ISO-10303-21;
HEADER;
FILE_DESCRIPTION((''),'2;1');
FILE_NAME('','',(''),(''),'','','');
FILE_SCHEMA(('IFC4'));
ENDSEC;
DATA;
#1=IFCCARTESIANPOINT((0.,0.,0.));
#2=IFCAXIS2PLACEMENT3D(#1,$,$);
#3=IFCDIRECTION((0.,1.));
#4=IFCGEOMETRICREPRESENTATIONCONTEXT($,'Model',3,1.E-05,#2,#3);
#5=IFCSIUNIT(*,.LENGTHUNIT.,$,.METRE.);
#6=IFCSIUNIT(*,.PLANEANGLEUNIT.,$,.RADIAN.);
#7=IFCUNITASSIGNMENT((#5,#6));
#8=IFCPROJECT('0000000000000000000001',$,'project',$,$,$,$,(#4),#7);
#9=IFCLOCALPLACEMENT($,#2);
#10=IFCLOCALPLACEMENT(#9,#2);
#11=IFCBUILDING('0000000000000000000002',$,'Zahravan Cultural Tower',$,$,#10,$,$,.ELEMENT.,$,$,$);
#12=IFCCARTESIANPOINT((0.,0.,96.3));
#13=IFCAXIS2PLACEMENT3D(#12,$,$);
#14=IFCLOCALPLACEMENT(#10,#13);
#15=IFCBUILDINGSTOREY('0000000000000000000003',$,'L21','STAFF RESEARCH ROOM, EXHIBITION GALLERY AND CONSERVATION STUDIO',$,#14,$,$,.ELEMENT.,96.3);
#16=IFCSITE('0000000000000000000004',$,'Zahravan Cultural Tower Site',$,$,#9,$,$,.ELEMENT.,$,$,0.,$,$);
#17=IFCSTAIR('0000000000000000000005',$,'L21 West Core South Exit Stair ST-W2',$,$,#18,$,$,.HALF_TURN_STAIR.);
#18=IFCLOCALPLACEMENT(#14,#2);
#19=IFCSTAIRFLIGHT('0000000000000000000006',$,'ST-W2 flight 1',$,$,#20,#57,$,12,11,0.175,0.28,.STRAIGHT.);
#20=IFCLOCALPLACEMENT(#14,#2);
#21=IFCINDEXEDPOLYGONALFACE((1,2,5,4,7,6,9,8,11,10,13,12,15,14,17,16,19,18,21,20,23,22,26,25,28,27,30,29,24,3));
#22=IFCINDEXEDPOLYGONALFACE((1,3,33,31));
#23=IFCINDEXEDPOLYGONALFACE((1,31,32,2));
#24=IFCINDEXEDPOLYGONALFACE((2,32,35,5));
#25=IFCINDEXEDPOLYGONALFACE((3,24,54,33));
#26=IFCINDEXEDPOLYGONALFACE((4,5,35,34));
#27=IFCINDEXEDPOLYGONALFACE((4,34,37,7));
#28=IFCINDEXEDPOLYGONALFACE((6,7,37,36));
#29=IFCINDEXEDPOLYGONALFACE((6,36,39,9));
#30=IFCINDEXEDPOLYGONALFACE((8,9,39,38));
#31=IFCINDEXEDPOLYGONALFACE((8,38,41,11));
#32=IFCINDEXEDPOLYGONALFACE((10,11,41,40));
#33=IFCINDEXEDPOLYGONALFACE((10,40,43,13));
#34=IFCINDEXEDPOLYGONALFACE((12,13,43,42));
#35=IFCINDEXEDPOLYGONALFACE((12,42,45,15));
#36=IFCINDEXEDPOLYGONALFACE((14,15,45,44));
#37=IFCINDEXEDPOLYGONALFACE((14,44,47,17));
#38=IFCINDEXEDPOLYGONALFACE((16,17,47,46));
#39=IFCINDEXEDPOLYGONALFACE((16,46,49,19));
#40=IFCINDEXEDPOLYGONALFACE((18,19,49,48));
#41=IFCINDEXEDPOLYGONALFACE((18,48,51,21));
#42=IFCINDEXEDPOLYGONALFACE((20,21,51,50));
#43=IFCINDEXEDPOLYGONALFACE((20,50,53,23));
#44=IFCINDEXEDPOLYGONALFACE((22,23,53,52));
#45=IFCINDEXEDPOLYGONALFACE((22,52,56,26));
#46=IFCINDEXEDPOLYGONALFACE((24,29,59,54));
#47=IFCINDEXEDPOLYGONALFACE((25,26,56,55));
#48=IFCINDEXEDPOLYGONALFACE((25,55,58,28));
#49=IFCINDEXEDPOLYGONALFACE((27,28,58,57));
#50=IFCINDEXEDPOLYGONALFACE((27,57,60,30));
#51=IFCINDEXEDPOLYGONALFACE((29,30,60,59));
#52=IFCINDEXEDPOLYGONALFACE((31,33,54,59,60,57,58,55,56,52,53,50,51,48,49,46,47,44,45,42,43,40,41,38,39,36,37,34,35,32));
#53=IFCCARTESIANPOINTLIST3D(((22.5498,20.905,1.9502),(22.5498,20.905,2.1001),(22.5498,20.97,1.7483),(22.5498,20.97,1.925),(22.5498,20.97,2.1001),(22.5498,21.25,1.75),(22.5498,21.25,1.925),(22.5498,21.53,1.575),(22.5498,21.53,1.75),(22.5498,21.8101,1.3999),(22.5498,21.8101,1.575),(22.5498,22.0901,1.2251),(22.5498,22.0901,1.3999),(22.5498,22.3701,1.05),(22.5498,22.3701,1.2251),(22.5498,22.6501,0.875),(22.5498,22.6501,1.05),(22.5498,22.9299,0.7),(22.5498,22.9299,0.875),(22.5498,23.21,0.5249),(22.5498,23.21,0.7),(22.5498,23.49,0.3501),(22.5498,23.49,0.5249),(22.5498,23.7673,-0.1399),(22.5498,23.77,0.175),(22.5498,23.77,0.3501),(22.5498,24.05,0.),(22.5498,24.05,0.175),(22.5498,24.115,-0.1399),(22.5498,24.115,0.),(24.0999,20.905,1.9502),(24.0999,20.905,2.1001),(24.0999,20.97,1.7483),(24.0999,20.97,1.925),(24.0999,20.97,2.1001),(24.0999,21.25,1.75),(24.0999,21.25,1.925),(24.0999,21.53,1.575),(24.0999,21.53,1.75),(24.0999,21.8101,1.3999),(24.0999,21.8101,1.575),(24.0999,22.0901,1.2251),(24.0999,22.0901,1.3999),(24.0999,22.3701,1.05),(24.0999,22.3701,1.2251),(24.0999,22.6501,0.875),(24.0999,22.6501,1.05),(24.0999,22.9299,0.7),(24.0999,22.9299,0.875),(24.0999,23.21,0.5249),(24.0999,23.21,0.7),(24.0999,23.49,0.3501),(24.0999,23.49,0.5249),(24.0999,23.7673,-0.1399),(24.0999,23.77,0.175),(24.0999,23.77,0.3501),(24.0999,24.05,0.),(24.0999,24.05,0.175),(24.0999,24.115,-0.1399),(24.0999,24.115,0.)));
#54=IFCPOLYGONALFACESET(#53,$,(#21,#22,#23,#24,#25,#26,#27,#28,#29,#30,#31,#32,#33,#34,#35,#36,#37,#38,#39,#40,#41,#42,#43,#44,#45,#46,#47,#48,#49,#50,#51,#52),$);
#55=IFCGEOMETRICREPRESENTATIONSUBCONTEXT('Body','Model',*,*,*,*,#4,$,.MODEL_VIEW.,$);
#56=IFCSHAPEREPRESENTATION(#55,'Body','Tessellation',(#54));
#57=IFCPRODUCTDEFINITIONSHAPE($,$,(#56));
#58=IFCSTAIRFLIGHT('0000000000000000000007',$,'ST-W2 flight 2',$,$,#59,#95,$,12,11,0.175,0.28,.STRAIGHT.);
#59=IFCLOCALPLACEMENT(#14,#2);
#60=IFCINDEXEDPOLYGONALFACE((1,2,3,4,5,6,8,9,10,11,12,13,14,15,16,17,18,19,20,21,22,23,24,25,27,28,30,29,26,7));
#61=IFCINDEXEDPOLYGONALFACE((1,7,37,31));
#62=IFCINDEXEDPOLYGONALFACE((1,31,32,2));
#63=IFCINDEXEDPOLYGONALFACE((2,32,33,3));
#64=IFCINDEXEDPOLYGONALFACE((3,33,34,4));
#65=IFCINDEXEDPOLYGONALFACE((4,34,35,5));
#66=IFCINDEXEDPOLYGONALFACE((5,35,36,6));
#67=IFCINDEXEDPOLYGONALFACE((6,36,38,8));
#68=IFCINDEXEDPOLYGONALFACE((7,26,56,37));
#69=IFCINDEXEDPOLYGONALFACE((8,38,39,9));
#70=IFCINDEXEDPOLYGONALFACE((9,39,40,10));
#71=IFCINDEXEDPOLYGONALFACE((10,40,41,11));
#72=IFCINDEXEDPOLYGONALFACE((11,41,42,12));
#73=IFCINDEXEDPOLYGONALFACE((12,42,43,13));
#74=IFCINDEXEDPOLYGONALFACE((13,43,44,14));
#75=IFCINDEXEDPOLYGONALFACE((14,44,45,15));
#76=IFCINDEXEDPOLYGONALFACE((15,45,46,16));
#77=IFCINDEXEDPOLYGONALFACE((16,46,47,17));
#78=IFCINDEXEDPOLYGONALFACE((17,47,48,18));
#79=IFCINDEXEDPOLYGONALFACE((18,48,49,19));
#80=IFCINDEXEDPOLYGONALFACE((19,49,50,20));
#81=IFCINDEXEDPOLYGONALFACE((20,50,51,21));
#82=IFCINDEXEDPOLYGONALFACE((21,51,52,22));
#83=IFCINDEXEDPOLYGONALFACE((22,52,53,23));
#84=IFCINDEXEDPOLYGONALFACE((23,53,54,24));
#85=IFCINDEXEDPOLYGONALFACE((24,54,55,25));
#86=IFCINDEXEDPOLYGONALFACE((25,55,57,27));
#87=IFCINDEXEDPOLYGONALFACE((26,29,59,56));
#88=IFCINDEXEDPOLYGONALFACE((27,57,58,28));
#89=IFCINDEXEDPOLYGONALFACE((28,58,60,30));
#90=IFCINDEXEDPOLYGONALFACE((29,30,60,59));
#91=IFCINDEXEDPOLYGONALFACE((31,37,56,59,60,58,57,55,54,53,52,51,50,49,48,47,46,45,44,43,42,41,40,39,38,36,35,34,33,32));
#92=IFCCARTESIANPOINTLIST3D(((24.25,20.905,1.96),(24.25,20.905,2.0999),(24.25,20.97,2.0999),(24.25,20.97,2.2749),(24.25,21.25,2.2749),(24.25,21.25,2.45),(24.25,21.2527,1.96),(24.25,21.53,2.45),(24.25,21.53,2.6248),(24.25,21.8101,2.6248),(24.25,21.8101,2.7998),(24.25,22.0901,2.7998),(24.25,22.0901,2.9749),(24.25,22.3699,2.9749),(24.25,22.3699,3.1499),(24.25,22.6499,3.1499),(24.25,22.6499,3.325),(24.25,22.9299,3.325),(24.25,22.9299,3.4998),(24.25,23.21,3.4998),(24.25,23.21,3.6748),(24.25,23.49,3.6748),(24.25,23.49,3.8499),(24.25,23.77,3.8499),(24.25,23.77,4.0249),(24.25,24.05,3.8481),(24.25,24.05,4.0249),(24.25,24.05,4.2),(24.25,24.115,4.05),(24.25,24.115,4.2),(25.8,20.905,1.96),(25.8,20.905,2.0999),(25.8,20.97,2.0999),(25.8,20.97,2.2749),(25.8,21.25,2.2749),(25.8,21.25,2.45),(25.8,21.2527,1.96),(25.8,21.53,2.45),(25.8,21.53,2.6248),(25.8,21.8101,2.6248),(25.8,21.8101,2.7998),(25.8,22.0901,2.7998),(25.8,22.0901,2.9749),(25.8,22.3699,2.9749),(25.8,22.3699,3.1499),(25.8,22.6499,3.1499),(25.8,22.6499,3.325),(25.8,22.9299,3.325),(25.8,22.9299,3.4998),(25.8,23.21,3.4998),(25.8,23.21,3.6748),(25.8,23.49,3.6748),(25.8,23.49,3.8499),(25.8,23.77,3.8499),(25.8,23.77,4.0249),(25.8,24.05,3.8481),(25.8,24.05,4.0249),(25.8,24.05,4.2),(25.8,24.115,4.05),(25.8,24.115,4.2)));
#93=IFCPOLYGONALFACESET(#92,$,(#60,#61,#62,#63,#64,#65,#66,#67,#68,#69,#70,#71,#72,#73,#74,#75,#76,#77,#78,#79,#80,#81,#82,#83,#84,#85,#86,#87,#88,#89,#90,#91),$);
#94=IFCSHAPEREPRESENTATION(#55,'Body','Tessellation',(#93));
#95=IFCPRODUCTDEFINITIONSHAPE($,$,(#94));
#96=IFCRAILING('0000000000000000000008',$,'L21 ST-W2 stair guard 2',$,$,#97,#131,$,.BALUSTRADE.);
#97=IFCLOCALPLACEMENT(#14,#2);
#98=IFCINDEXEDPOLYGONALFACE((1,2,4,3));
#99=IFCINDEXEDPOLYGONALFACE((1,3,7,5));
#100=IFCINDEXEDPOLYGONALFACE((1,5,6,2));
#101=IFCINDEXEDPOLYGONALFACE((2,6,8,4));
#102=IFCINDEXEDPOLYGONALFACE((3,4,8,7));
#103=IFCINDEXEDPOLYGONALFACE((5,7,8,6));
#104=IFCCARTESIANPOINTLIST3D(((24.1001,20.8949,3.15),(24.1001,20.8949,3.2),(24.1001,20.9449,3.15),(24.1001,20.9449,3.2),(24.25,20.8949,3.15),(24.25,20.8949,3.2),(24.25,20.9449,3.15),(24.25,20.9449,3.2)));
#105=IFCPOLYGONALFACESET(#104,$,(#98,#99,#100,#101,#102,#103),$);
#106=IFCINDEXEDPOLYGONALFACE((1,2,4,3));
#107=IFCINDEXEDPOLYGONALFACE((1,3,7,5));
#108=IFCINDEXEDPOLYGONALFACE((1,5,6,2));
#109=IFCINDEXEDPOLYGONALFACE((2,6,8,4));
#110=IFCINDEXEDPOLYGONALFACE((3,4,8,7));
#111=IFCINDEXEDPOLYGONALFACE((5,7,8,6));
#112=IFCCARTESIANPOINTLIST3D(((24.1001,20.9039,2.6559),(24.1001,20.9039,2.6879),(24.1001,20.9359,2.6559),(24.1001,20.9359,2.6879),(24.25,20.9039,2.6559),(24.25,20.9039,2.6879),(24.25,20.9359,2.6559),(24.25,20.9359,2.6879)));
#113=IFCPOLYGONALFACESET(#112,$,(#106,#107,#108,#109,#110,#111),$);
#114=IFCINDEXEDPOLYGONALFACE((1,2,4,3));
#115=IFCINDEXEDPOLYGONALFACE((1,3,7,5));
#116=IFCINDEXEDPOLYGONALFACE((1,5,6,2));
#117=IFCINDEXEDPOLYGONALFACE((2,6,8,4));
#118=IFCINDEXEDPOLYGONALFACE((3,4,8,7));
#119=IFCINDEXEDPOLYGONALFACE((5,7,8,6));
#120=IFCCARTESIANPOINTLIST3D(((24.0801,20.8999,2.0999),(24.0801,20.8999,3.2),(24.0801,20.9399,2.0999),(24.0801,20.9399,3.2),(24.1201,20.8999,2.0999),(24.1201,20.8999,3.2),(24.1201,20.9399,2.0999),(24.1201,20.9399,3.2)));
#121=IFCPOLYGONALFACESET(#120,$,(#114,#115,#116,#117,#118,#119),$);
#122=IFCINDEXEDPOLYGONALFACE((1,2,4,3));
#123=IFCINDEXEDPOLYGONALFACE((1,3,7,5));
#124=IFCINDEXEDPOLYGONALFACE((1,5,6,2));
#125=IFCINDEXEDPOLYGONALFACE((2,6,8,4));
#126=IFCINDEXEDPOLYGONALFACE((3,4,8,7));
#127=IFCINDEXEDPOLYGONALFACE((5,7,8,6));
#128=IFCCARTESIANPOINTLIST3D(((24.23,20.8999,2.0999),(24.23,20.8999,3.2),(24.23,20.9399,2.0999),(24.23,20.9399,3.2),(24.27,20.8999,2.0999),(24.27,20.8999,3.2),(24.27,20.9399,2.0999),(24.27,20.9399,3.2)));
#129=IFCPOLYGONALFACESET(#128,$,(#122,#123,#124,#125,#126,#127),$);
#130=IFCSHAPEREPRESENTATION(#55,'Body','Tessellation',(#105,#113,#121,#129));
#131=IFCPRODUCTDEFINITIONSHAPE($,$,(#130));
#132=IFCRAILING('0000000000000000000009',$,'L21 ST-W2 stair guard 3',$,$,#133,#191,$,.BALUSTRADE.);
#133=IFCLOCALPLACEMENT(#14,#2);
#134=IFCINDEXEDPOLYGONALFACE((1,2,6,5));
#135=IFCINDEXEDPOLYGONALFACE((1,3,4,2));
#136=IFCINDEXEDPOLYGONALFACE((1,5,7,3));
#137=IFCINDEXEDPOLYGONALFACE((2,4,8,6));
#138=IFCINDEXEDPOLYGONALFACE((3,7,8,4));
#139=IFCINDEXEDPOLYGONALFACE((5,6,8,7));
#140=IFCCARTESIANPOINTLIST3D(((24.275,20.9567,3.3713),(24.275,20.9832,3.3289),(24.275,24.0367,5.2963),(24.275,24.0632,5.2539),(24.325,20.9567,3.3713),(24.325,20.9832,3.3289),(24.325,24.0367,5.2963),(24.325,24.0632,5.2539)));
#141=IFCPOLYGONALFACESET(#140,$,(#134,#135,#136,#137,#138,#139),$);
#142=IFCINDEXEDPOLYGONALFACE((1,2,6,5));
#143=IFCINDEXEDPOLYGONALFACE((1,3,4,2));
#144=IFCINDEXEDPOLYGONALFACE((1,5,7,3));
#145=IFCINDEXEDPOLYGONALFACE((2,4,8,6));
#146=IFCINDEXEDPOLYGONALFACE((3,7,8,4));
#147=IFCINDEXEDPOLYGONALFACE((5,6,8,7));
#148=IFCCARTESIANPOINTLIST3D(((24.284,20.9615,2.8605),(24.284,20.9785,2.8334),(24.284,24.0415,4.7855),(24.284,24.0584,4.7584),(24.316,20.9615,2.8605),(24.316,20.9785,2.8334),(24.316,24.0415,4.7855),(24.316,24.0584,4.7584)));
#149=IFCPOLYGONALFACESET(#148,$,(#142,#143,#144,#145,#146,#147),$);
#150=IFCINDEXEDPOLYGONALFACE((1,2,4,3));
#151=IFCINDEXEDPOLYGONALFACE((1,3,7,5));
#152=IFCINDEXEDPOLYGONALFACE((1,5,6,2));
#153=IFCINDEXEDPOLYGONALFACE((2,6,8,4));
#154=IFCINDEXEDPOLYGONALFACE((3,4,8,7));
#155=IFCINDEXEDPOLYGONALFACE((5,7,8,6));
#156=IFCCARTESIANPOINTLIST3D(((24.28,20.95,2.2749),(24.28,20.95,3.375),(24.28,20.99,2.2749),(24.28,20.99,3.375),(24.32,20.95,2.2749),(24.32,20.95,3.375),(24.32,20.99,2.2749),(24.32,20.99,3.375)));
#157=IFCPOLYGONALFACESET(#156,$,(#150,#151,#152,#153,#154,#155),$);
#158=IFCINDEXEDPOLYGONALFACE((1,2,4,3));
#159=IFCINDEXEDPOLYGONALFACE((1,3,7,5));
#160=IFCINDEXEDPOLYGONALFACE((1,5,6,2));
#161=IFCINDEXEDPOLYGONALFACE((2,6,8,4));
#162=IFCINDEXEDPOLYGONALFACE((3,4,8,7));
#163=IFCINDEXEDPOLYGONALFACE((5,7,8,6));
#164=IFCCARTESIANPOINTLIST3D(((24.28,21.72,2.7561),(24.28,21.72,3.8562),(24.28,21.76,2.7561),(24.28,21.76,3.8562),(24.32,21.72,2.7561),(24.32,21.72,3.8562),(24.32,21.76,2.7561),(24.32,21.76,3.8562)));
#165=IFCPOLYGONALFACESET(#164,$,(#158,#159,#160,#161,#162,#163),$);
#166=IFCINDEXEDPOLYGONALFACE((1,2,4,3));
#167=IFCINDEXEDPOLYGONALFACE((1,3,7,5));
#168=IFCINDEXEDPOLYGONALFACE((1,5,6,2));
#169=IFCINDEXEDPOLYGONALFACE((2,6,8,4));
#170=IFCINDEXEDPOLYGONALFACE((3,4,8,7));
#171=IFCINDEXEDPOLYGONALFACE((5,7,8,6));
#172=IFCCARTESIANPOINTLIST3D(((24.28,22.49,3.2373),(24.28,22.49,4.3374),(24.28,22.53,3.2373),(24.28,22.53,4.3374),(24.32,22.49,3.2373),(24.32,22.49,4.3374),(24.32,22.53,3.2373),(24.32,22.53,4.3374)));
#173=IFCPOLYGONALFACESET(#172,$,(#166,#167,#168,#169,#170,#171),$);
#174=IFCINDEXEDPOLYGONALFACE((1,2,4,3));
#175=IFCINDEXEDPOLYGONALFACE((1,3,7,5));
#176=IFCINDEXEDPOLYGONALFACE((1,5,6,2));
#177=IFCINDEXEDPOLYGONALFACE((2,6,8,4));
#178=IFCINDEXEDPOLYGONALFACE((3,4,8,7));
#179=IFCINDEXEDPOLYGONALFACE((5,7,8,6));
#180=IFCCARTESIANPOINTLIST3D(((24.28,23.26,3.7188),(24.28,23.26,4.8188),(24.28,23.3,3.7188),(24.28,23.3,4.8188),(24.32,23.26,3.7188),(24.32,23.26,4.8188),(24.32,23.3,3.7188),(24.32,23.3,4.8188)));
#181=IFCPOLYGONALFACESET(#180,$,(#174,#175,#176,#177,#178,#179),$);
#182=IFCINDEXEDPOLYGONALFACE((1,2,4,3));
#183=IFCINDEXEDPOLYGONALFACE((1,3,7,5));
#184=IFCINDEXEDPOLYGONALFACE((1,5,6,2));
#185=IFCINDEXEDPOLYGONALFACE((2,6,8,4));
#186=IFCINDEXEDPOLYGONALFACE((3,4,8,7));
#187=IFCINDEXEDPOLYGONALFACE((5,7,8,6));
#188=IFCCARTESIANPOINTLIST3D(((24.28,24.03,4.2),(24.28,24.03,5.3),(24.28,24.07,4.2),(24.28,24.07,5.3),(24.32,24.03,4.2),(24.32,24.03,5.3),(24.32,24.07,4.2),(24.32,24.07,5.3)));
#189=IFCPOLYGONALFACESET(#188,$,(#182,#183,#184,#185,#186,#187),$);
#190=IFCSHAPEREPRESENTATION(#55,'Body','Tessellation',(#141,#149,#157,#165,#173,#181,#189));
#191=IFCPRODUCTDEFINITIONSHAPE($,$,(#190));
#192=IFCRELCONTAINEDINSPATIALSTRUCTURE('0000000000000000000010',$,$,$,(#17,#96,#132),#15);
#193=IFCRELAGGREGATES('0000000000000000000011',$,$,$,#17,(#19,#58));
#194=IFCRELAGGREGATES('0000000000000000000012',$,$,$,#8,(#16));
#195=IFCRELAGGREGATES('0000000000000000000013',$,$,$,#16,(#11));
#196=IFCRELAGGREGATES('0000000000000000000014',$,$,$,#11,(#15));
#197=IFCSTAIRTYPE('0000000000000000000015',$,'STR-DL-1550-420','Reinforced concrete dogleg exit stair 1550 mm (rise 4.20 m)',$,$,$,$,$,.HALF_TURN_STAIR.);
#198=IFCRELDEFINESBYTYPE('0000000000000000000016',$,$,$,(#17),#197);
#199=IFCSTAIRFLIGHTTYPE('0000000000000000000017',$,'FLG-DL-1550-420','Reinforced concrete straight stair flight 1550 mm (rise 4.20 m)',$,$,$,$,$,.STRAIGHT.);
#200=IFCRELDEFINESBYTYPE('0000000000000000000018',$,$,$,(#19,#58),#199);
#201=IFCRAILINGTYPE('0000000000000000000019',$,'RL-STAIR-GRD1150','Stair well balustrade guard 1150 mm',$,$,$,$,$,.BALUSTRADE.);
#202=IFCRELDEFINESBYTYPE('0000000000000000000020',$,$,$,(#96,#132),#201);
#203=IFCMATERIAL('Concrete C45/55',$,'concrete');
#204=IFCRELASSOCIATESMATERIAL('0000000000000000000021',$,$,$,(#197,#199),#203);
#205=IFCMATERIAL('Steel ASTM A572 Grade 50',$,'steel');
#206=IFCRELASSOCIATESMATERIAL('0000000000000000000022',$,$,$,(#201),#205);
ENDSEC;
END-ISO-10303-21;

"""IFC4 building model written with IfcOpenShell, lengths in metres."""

from ifc_helpers import new_model, si_unit, direction, frame, origin, origin_2d, place, context, subcontext, project, spatial, polyline, rectangle, outline, extrude, material, type_object, element, aggregate, save


model = new_model("IFC4")

# Units and contexts
model_context = context("Model", 3, precision=1e-05, world=origin(), true_north=direction((0.0, 1.0)))
body_context = subcontext(model_context, "Body", "Model", "MODEL_VIEW")
ifc_project = project(units=[si_unit("LENGTHUNIT", "METRE"), si_unit("PLANEANGLEUNIT", "RADIAN")], contexts=[model_context])

# Site, building, storey
site_placement = place(None, origin())
site = spatial("IfcSite", under=ifc_project, at=site_placement, Name="Zahravan Cultural Tower Site", CompositionType="ELEMENT", RefElevation=0.0)
building_placement = place(site_placement, origin())
building = spatial("IfcBuilding", under=site, at=building_placement, Name="Zahravan Cultural Tower", CompositionType="ELEMENT")
storey_placement = place(building_placement, frame((0.0, 0.0, 96.3)))
storey = spatial("IfcBuildingStorey", under=building, at=storey_placement, Name="L21", Description="STAFF RESEARCH ROOM, EXHIBITION GALLERY AND CONSERVATION STUDIO", CompositionType="ELEMENT", Elevation=96.3)

# Shared definitions
ifc_material_1 = material(Name="Steel ASTM A572 Grade 50", Category="steel")
ifc_material_2 = material(Name="Concrete C45/55", Category="concrete")

# Stair, stair flights
stair_type = type_object("IfcStairType", Name="STR-DL-1550-420", Description="Reinforced concrete dogleg exit stair 1550 mm (rise 4.20 m)", PredefinedType="HALF_TURN_STAIR", material=ifc_material_2)
stair_placement = place(storey_placement, origin())
stair = element("IfcStair", 1, at=stair_placement, inside=storey, type_object=stair_type, Name="L21 West Core South Exit Stair ST-W2", PredefinedType="HALF_TURN_STAIR")
stair_flight_type = type_object("IfcStairFlightType", Name="FLG-DL-1550-420", Description="Reinforced concrete straight stair flight 1550 mm (rise 4.20 m)", PredefinedType="STRAIGHT", material=ifc_material_2)
stair_flight_1_placement = place(storey_placement, frame((23.325, 24.05, 0.0), z_axis=(0.0, 0.0, 1.0), x_axis=(0.0, -1.0, 0.0)))
stair_flight_1 = element("IfcStairFlight", 2, at=stair_flight_1_placement, type_object=stair_flight_type, Name="ST-W2 flight 1", NumberOfRisers=12, NumberOfTreads=11, PredefinedType="STRAIGHT", RiserHeight=0.175, TreadLength=0.28, context=body_context, shape_type="SweptSolid", body=[
    extrude(outline(polyline([(-0.0649, -0.1399), (-0.0649, 0.0), (0.0, 0.0), (0.0, 0.175), (0.28, 0.175), (0.28, 0.3501), (0.5601, 0.3501), (0.5601, 0.5249), (0.8401, 0.5249), (0.8401, 0.7), (1.1201, 0.7), (1.1201, 0.875), (1.3999, 0.875), (1.3999, 1.05), (1.6799, 1.05), (1.6799, 1.2251), (1.96, 1.2251), (1.96, 1.3999), (2.24, 1.3999), (2.24, 1.575), (2.52, 1.575), (2.52, 1.75), (2.8, 1.75), (2.8, 1.925), (3.0801, 1.925), (3.0801, 2.1001), (3.145, 2.1001), (3.145, 1.9502), (3.0801, 1.7483), (0.2827, -0.1399), (-0.0649, -0.1399)])), frame((0.0, 0.7749, 0.0), z_axis=(0.0, -1.0, 0.0), x_axis=(1.0, 0.0, 0.0)), (0.0, 0.0, 1.0), 1.55),
])
stair_flight_2_placement = place(storey_placement, frame((25.0249, 20.97, 2.0999), z_axis=(0.0, 0.0, 1.0), x_axis=(0.0, 1.0, 0.0)))
stair_flight_2 = element("IfcStairFlight", 3, at=stair_flight_2_placement, type_object=stair_flight_type, Name="ST-W2 flight 2", NumberOfRisers=12, NumberOfTreads=11, PredefinedType="STRAIGHT", RiserHeight=0.175, TreadLength=0.28, context=body_context, shape_type="SweptSolid", body=[
    extrude(outline(polyline([(-0.0649, -0.1399), (-0.0649, 0.0), (0.0, 0.0), (0.0, 0.175), (0.28, 0.175), (0.28, 0.3501), (0.5601, 0.3501), (0.5601, 0.5249), (0.8401, 0.5249), (0.8401, 0.7), (1.1201, 0.7), (1.1201, 0.875), (1.3999, 0.875), (1.3999, 1.05), (1.6799, 1.05), (1.6799, 1.2251), (1.96, 1.2251), (1.96, 1.3999), (2.24, 1.3999), (2.24, 1.575), (2.52, 1.575), (2.52, 1.75), (2.8, 1.75), (2.8, 1.925), (3.0801, 1.925), (3.0801, 2.1001), (3.145, 2.1001), (3.145, 1.9502), (3.0801, 1.7483), (0.2827, -0.1399), (-0.0649, -0.1399)])), frame((0.0, 0.7749, 0.0), z_axis=(0.0, -1.0, 0.0), x_axis=(1.0, 0.0, 0.0)), (0.0, 0.0, 1.0), 1.55),
])
aggregate(stair, [stair_flight_1, stair_flight_2])

# Railings
railing_type_1 = type_object("IfcRailingType", Name="RL-STAIR-GRD1150", Description="Stair well balustrade guard 1150 mm", PredefinedType="BALUSTRADE", material=ifc_material_1)
railing_1_placement = place(storey_placement, frame((24.1001, 20.9199, 2.0999)))
element("IfcRailing", 4, at=railing_1_placement, inside=storey, type_object=railing_type_1, Name="L21 ST-W2 stair guard 2", PredefinedType="BALUSTRADE", context=body_context, shape_type="SweptSolid", body=[
    extrude(rectangle(XDim=0.05, YDim=0.05, at=origin_2d()), frame((0.0, 0.0, 1.0752), z_axis=(1.0, 0.0, 0.0), x_axis=(0.0, 1.0, 0.0)), (0.0, 0.0, 1.0), 0.1499),
    extrude(rectangle(XDim=0.032, YDim=0.032, at=origin_2d()), frame((0.0, 0.0, 0.572), z_axis=(1.0, 0.0, 0.0), x_axis=(0.0, 1.0, 0.0)), (0.0, 0.0, 1.0), 0.1499),
    extrude(rectangle(XDim=0.04, YDim=0.04, at=origin_2d()), origin(), (0.0, 0.0, 1.0), 1.1001),
    extrude(rectangle(XDim=0.04, YDim=0.04, at=origin_2d()), frame((0.1499, 0.0, 0.0)), (0.0, 0.0, 1.0), 1.1001),
])
railing_2_placement = place(storey_placement, frame((24.3, 20.97, 2.2749)))
element("IfcRailing", 5, at=railing_2_placement, inside=storey, type_object=railing_type_1, Name="L21 ST-W2 stair guard 3", PredefinedType="BALUSTRADE", context=body_context, shape_type="SweptSolid", body=[
    extrude(rectangle(XDim=0.05, YDim=0.05, at=origin_2d()), frame((0.0, 0.0, 1.0752), z_axis=(0.0, 0.847998, 0.529999), x_axis=(-1.0, 0.0, 0.0)), (0.0, 0.0, 1.0), 3.6321),
    extrude(rectangle(XDim=0.032, YDim=0.032, at=origin_2d()), frame((0.0, 0.0, 0.572), z_axis=(0.0, 0.847998, 0.529999), x_axis=(-1.0, 0.0, 0.0)), (0.0, 0.0, 1.0), 3.6321),
    extrude(rectangle(XDim=0.04, YDim=0.04, at=origin_2d()), origin(), (0.0, 0.0, 1.0), 1.1001),
    extrude(rectangle(XDim=0.04, YDim=0.04, at=origin_2d()), frame((0.0, 0.77, 0.4812)), (0.0, 0.0, 1.0), 1.1001),
    extrude(rectangle(XDim=0.04, YDim=0.04, at=origin_2d()), frame((0.0, 1.54, 0.9624)), (0.0, 0.0, 1.0), 1.1001),
    extrude(rectangle(XDim=0.04, YDim=0.04, at=origin_2d()), frame((0.0, 2.3101, 1.4438)), (0.0, 0.0, 1.0), 1.1001),
    extrude(rectangle(XDim=0.04, YDim=0.04, at=origin_2d()), frame((0.0, 3.0801, 1.925)), (0.0, 0.0, 1.0), 1.1001),
])

save(model, "model.ifc")
